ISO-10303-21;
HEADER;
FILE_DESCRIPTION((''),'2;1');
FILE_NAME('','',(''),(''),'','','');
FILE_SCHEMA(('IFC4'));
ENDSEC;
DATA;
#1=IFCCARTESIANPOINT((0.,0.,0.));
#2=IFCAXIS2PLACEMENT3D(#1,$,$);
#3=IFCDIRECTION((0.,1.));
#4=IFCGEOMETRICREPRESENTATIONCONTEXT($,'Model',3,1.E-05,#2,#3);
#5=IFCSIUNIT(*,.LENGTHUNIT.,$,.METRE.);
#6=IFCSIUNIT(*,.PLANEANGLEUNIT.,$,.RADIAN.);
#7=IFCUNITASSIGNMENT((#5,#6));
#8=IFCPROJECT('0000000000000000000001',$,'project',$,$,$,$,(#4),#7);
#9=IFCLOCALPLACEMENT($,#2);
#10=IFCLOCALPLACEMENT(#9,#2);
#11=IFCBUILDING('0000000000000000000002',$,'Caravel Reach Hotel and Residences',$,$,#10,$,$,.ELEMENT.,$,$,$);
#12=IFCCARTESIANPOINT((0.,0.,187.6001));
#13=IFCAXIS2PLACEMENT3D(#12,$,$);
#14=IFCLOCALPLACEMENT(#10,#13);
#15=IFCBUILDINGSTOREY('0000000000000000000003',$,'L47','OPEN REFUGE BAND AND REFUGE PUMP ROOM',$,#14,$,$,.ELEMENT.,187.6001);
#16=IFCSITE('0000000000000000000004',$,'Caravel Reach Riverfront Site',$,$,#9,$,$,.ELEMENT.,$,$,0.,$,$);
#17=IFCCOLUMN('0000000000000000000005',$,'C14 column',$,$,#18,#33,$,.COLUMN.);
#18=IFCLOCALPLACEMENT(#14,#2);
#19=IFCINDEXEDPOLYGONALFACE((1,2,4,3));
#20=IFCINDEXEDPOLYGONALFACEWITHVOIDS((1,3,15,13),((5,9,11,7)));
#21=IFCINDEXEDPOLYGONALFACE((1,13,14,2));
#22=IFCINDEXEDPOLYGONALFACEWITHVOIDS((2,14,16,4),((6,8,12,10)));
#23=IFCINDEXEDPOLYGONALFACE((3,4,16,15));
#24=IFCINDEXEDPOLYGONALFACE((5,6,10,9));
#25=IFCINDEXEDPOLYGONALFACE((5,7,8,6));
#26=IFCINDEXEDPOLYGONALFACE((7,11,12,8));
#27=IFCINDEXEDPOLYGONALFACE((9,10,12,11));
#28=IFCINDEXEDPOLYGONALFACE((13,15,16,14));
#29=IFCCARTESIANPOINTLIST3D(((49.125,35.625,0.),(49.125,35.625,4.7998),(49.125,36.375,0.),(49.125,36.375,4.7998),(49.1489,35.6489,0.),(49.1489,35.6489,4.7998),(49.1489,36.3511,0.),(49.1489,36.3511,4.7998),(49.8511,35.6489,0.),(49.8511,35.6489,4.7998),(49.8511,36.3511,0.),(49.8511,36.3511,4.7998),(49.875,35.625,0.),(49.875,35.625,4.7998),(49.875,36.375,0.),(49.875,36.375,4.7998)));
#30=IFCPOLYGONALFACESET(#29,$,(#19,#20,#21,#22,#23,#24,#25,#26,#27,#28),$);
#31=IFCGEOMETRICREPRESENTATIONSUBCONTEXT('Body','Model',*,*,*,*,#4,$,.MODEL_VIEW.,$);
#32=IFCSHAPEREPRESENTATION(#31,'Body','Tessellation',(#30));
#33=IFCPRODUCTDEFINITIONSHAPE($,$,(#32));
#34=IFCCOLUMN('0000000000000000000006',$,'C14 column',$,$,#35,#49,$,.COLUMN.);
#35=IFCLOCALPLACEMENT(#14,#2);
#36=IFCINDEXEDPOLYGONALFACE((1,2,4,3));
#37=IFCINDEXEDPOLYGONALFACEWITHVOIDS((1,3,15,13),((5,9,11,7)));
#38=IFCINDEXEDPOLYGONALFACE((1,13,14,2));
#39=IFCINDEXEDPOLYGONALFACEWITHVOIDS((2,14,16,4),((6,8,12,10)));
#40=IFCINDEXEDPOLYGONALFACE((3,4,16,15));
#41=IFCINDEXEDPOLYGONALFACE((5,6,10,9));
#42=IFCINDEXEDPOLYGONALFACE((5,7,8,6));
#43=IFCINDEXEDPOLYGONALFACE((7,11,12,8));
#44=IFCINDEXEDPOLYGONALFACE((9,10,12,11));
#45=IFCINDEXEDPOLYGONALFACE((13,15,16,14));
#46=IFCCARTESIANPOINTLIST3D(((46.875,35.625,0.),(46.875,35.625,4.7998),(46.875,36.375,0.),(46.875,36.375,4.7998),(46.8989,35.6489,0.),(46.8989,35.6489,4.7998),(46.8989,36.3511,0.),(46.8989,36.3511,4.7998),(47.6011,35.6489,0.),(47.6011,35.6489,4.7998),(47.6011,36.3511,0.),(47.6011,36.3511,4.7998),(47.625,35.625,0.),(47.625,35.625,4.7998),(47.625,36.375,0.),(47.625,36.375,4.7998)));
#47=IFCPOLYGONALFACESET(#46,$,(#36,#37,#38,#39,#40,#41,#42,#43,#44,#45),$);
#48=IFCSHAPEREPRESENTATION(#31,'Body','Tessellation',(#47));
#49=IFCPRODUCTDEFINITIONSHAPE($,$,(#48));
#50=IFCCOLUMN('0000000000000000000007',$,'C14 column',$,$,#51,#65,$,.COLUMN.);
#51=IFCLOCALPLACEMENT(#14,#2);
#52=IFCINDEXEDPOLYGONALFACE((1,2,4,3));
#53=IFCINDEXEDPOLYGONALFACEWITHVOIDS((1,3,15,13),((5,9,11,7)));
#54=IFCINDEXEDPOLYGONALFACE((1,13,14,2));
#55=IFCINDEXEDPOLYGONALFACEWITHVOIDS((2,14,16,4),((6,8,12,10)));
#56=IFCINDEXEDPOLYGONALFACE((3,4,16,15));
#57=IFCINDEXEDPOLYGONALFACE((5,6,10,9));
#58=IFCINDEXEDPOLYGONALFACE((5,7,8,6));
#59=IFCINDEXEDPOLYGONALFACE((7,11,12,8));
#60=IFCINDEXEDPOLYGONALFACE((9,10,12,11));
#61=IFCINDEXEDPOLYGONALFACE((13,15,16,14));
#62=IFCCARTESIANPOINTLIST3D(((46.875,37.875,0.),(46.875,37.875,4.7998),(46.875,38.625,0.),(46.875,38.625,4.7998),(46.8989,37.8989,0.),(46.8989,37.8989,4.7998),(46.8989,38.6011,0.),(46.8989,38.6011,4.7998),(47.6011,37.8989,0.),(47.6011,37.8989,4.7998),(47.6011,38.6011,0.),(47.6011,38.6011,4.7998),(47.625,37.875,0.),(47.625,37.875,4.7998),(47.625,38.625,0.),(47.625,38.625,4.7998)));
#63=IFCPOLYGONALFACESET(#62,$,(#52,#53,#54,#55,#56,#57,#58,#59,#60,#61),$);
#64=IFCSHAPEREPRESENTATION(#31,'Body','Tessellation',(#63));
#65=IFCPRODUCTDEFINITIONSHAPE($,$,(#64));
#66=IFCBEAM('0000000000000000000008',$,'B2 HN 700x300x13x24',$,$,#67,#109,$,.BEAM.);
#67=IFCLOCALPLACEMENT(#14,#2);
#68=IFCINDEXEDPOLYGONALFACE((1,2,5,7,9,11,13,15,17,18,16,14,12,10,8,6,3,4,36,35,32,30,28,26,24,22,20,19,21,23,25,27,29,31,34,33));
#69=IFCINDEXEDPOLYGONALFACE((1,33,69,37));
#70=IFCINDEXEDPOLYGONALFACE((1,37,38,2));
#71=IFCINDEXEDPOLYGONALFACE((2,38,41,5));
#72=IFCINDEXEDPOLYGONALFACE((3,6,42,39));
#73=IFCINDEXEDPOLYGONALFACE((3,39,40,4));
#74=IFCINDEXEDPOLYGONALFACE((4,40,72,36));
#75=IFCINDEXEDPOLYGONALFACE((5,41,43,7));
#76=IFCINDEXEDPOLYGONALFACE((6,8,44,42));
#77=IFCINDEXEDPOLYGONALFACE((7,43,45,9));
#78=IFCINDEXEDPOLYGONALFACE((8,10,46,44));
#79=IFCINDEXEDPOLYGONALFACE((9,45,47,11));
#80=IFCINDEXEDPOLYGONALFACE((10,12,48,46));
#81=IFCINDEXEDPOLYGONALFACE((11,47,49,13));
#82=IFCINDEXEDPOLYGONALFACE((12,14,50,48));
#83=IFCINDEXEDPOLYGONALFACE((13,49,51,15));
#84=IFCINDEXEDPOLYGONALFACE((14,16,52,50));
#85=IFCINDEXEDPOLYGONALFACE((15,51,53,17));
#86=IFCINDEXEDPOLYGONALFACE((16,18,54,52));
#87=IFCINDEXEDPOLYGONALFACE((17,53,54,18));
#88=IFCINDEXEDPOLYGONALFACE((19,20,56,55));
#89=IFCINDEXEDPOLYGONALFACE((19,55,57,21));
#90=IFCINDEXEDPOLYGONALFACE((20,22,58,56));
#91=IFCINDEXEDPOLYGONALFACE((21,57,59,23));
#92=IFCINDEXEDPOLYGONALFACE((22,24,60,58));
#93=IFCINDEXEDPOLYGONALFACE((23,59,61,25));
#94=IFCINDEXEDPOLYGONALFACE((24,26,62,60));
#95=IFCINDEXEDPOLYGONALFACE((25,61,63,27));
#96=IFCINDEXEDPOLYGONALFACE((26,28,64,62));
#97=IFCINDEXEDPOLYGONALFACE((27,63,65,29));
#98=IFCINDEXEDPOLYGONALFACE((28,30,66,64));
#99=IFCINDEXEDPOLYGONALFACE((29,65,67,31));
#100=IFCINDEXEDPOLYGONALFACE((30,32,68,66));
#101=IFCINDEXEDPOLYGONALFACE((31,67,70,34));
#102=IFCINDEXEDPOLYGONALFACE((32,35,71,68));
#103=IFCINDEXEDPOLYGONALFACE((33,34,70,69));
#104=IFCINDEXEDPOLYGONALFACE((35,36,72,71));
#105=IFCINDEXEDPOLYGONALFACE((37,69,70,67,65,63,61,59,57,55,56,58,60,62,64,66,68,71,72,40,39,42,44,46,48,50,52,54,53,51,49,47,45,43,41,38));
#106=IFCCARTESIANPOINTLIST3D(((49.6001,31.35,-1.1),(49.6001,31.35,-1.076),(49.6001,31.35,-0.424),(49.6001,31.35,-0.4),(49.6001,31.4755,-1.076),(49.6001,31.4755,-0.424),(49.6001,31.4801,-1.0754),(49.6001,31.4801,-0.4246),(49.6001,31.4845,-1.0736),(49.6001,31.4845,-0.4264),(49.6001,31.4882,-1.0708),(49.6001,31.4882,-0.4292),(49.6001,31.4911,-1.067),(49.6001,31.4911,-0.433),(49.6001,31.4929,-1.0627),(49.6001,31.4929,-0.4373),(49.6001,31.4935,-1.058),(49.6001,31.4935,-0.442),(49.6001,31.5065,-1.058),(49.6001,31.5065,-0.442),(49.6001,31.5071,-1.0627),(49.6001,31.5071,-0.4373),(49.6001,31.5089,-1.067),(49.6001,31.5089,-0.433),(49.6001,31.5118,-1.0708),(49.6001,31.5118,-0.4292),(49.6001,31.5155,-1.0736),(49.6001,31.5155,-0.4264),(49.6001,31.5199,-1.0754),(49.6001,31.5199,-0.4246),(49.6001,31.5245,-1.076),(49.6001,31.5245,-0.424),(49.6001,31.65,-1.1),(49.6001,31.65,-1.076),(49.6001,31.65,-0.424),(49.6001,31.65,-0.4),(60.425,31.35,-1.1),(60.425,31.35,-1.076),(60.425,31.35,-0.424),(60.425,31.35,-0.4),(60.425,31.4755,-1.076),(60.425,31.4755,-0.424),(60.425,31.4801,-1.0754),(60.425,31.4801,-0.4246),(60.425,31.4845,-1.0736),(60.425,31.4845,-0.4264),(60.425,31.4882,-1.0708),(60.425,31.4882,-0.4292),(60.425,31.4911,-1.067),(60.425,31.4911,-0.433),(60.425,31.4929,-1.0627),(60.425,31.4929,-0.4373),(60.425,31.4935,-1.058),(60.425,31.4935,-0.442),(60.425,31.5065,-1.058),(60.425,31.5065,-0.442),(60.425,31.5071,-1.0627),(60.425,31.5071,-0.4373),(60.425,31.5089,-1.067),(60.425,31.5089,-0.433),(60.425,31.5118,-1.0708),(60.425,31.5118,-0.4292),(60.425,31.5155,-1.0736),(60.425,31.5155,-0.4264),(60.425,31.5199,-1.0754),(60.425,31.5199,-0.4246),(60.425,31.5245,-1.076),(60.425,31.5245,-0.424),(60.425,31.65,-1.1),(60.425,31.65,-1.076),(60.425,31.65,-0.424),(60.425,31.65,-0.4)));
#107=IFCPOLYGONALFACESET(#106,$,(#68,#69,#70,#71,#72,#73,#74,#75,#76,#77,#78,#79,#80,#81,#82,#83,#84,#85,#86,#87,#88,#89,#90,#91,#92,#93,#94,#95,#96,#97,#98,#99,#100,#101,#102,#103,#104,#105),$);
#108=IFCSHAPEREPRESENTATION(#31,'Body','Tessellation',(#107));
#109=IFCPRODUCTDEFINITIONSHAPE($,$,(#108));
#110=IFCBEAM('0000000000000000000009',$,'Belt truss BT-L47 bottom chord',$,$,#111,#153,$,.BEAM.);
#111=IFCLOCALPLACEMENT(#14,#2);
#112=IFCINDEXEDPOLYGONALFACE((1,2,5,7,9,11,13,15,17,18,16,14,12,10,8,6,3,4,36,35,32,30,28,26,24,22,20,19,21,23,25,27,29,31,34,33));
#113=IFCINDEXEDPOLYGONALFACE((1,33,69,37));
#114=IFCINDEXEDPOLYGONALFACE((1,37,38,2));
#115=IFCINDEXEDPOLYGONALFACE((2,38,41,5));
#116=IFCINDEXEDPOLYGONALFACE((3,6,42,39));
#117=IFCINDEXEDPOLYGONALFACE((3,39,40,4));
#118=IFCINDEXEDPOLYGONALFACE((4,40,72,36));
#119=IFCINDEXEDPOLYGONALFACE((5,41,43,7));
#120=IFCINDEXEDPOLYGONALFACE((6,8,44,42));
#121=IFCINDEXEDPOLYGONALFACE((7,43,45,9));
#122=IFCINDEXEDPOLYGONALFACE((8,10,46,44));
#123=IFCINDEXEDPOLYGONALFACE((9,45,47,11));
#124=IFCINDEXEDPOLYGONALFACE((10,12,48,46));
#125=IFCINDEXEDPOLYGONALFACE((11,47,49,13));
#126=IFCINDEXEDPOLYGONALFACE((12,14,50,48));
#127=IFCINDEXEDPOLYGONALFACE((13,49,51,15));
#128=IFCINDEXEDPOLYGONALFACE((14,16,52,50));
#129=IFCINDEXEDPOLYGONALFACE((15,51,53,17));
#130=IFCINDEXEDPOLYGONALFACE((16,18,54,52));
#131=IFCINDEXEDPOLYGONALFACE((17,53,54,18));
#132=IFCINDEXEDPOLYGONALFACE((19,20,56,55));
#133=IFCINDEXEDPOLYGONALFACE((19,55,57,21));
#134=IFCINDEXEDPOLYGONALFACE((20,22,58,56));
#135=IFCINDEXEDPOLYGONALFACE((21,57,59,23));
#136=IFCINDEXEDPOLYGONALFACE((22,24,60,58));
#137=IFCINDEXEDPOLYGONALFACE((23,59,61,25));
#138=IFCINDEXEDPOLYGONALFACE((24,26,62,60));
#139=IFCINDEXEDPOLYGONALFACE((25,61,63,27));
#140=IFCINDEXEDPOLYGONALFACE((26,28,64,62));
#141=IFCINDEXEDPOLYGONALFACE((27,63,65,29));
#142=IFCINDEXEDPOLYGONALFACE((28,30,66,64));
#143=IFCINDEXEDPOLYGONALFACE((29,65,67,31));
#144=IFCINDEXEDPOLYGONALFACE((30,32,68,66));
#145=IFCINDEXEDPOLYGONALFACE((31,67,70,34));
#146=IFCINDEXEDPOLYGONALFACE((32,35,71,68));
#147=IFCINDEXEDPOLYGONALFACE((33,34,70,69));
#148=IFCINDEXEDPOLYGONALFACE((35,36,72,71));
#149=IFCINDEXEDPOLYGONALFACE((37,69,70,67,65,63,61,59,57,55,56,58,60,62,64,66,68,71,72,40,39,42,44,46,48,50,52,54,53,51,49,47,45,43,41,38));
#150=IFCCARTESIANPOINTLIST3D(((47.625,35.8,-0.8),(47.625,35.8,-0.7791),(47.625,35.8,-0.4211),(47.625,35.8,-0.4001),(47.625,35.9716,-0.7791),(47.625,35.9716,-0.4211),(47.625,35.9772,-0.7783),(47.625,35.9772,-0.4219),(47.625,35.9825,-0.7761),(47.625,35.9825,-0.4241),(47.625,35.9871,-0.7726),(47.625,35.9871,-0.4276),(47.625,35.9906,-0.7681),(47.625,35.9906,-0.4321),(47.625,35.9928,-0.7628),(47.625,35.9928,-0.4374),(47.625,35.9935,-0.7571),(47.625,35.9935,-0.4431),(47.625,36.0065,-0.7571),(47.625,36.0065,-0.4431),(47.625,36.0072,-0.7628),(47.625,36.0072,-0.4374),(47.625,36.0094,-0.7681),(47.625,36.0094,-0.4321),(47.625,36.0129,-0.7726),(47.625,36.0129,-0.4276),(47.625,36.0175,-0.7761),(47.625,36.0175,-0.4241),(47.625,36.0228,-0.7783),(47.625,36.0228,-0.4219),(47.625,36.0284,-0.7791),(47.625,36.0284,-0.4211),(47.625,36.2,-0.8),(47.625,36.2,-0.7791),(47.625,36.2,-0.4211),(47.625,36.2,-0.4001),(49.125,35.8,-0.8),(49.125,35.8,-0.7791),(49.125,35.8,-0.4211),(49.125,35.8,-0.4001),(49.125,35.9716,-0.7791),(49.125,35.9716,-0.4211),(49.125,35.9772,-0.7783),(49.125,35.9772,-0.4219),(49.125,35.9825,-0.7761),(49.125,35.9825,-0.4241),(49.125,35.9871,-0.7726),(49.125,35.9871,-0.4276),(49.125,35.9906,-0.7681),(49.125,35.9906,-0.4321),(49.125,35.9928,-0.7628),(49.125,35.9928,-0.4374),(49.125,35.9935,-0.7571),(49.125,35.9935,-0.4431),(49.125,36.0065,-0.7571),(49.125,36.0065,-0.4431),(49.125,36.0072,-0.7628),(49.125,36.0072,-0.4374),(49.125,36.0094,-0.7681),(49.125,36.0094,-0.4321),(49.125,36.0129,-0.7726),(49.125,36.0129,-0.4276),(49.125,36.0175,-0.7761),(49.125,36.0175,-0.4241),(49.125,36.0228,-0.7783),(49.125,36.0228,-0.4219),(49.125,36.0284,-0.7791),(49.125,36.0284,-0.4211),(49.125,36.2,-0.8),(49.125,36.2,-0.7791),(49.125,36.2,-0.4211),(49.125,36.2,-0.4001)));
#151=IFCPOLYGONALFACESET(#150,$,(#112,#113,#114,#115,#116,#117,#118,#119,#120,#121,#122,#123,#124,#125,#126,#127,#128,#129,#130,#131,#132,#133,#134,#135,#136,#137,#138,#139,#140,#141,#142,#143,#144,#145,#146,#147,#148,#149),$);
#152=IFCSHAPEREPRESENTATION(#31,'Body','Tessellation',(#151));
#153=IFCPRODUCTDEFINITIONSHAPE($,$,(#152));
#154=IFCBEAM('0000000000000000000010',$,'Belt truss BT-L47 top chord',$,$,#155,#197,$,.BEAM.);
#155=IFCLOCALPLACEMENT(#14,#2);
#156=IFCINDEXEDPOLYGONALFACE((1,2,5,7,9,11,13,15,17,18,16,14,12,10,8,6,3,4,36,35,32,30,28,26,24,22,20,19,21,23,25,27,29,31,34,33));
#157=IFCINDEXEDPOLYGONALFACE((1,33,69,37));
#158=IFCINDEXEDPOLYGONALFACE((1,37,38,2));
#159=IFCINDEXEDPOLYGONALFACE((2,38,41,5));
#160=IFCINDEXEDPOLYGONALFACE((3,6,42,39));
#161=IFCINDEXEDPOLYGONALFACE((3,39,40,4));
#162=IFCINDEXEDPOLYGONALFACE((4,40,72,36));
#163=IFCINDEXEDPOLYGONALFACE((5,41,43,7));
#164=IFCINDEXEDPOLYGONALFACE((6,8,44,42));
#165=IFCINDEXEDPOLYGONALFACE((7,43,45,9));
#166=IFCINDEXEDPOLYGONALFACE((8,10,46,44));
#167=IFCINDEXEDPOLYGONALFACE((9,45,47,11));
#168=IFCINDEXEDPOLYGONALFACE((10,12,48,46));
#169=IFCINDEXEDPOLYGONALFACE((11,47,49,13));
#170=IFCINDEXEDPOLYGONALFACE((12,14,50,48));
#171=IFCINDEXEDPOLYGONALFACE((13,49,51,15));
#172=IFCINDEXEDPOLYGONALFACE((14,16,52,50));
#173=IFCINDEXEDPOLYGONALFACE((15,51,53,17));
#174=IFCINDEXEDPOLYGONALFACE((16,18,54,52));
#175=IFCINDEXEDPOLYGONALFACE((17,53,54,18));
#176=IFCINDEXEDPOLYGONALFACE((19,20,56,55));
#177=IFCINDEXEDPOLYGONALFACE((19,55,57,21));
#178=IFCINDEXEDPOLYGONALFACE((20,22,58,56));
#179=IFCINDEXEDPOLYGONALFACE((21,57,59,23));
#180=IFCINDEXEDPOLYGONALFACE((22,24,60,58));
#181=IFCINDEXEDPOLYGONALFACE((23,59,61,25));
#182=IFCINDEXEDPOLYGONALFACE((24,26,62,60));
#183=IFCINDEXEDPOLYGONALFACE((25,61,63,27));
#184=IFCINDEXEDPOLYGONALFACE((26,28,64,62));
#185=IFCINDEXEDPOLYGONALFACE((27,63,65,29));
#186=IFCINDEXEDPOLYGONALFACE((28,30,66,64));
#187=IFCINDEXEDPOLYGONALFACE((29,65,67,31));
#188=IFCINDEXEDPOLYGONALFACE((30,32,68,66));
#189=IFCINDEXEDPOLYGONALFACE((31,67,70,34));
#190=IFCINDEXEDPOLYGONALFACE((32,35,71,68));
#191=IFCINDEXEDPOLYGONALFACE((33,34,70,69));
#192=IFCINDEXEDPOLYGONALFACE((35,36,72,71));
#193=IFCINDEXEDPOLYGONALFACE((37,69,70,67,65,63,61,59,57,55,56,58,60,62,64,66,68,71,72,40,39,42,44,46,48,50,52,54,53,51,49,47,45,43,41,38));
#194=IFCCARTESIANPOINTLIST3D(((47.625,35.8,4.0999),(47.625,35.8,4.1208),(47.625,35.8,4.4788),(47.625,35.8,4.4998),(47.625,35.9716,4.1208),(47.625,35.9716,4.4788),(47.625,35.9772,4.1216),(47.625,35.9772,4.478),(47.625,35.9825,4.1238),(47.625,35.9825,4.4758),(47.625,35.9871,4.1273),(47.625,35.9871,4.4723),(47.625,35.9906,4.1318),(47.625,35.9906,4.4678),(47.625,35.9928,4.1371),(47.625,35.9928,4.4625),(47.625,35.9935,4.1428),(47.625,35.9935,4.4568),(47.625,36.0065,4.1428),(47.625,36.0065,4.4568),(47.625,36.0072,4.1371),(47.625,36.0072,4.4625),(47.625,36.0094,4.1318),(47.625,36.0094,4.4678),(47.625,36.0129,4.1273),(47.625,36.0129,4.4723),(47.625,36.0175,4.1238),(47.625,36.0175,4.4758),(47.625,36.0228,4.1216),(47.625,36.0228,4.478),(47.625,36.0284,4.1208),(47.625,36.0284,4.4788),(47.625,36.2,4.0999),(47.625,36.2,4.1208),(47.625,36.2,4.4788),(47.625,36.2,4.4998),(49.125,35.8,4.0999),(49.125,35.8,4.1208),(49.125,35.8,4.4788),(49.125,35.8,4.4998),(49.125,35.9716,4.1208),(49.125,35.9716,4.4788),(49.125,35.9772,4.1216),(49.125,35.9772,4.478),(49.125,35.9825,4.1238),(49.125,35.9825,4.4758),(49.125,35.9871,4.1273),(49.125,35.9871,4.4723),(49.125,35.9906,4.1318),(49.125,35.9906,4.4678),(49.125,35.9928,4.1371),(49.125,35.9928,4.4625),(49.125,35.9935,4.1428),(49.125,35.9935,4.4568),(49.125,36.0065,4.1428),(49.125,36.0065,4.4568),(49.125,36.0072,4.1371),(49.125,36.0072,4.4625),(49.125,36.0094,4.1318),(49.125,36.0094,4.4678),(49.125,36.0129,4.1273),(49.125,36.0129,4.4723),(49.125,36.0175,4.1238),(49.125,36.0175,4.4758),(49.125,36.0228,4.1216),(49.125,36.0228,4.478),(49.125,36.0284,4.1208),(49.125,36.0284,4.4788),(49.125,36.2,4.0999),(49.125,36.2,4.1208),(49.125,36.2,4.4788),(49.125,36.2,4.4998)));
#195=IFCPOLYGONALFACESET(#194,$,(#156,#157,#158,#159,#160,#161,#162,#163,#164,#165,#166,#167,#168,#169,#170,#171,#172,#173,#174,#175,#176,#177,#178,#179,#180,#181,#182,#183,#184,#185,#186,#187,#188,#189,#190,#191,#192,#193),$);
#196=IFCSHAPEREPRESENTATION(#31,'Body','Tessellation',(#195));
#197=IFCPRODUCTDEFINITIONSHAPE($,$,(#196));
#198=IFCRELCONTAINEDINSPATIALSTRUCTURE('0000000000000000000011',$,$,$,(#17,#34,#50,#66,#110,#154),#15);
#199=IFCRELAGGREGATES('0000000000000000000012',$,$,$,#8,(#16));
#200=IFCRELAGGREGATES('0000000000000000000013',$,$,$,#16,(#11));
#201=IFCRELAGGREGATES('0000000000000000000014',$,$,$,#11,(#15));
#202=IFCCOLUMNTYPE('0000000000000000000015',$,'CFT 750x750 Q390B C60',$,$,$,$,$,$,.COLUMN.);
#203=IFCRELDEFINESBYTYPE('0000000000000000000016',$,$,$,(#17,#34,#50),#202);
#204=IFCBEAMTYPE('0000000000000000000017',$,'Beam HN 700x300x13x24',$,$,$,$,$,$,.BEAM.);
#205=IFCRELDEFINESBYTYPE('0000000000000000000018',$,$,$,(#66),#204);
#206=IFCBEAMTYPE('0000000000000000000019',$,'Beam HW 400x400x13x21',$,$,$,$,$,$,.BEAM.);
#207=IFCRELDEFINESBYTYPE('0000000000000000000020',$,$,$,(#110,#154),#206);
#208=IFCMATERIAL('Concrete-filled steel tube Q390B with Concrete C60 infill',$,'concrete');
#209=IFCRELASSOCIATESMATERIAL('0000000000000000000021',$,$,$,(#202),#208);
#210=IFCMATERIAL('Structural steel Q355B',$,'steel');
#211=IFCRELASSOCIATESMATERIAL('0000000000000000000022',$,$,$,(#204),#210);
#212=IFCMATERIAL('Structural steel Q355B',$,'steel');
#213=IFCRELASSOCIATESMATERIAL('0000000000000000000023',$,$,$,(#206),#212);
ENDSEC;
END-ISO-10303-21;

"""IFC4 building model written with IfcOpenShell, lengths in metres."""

from ifc_helpers import new_model, si_unit, direction, frame, origin, origin_2d, place, context, subcontext, project, spatial, hollow_rectangle, i_section, extrude, material, material_profile, profile_set, type_object, element, save


model = new_model("IFC4")

# Units and contexts
model_context = context("Model", 3, precision=1e-05, world=origin(), true_north=direction((0.0, 1.0)))
body_context = subcontext(model_context, "Body", "Model", "MODEL_VIEW")
ifc_project = project(units=[si_unit("LENGTHUNIT", "METRE"), si_unit("PLANEANGLEUNIT", "RADIAN")], contexts=[model_context])

# Site, building, storey
site_placement = place(None, origin())
site = spatial("IfcSite", under=ifc_project, at=site_placement, Name="Caravel Reach Riverfront Site", CompositionType="ELEMENT", RefElevation=0.0)
building_placement = place(site_placement, origin())
building = spatial("IfcBuilding", under=site, at=building_placement, Name="Caravel Reach Hotel and Residences", CompositionType="ELEMENT")
storey_placement = place(building_placement, frame((0.0, 0.0, 187.6001)))
storey = spatial("IfcBuildingStorey", under=building, at=storey_placement, Name="L47", Description="OPEN REFUGE BAND AND REFUGE PUMP ROOM", CompositionType="ELEMENT", Elevation=187.6001)

# Columns
ifc_material_1 = material(Name="Concrete-filled steel tube Q390B with Concrete C60 infill", Category="concrete")
ifc_material_profile_1 = material_profile(ifc_material_1, hollow_rectangle(XDim=0.75, YDim=0.75, WallThickness=0.0239, at=origin_2d()), Name="RHS 750x750x24")
ifc_profile_set_1 = profile_set([ifc_material_profile_1], Name="Concrete-filled steel tube Q390B with Concrete C60 infill")
column_type = type_object("IfcColumnType", Name="CFT 750x750 Q390B C60", PredefinedType="COLUMN", material=ifc_profile_set_1)
for number, where, z_axis, x_axis, name in (
    (1, (49.5, 36.0, 0.0), (0.0, 0.0, 1.0), (1.0, 0.0, 0.0), "C14 column"),
    (2, (47.25, 36.0, 0.0), (0.0, 0.0, 1.0), (1.0, 0.0, 0.0), "C14 column"),
    (3, (47.25, 38.25, 0.0), (0.0, 0.0, 1.0), (1.0, 0.0, 0.0), "C14 column"),
):
    element("IfcColumn", number, at=place(storey_placement, frame(where, z_axis=z_axis, x_axis=x_axis)), inside=storey, type_object=column_type, Name=name, PredefinedType="COLUMN", context=body_context, shape_type="SweptSolid", body=[
        extrude(hollow_rectangle(XDim=0.75, YDim=0.75, WallThickness=0.0239, at=origin_2d()), origin(), (0.0, 0.0, 1.0), 4.7998),
    ])

# Beams
ifc_material_2 = material(Name="Structural steel Q355B", Category="steel")
ifc_material_profile_2 = material_profile(ifc_material_2, i_section(OverallWidth=0.3, OverallDepth=0.7, WebThickness=0.0129, FlangeThickness=0.0239, FilletRadius=0.0181, at=origin_2d()), Name="HN 700x300x13x24")
ifc_profile_set_2 = profile_set([ifc_material_profile_2], Name="Structural steel Q355B")
beam_type_1 = type_object("IfcBeamType", Name="Beam HN 700x300x13x24", PredefinedType="BEAM", material=ifc_profile_set_2)
beam_1_placement = place(storey_placement, frame((49.6001, 31.5, -0.75), z_axis=(1.0, 0.0, 0.0), x_axis=(0.0, 1.0, 0.0)))
element("IfcBeam", 4, at=beam_1_placement, inside=storey, type_object=beam_type_1, Name="B2 HN 700x300x13x24", PredefinedType="BEAM", context=body_context, shape_type="SweptSolid", body=[
    extrude(i_section(OverallWidth=0.3, OverallDepth=0.7, WebThickness=0.0129, FlangeThickness=0.0239, FilletRadius=0.0181, at=origin_2d()), origin(), (0.0, 0.0, 1.0), 10.825),
])
ifc_material_3 = material(Name="Structural steel Q355B", Category="steel")
ifc_material_profile_3 = material_profile(ifc_material_3, i_section(OverallWidth=0.3999, OverallDepth=0.3999, WebThickness=0.0129, FlangeThickness=0.021, FilletRadius=0.022, at=origin_2d()), Name="HW 400x400x13x21")
ifc_profile_set_3 = profile_set([ifc_material_profile_3], Name="Structural steel Q355B")
beam_type_2 = type_object("IfcBeamType", Name="Beam HW 400x400x13x21", PredefinedType="BEAM", material=ifc_profile_set_3)
for number, where, z_axis, x_axis, name in (
    (5, (49.125, 36.0, -0.6001), (-1.0, 0.0, 0.0), (0.0, -1.0, 0.0), "Belt truss BT-L47 bottom chord"),
    (6, (49.125, 36.0, 4.2998), (-1.0, 0.0, 0.0), (0.0, -1.0, 0.0), "Belt truss BT-L47 top chord"),
):
    element("IfcBeam", number, at=place(storey_placement, frame(where, z_axis=z_axis, x_axis=x_axis)), inside=storey, type_object=beam_type_2, Name=name, PredefinedType="BEAM", context=body_context, shape_type="SweptSolid", body=[
        extrude(i_section(OverallWidth=0.3999, OverallDepth=0.3999, WebThickness=0.0129, FlangeThickness=0.021, FilletRadius=0.022, at=origin_2d()), origin(), (0.0, 0.0, 1.0), 1.5),
    ])

save(model, "model.ifc")
